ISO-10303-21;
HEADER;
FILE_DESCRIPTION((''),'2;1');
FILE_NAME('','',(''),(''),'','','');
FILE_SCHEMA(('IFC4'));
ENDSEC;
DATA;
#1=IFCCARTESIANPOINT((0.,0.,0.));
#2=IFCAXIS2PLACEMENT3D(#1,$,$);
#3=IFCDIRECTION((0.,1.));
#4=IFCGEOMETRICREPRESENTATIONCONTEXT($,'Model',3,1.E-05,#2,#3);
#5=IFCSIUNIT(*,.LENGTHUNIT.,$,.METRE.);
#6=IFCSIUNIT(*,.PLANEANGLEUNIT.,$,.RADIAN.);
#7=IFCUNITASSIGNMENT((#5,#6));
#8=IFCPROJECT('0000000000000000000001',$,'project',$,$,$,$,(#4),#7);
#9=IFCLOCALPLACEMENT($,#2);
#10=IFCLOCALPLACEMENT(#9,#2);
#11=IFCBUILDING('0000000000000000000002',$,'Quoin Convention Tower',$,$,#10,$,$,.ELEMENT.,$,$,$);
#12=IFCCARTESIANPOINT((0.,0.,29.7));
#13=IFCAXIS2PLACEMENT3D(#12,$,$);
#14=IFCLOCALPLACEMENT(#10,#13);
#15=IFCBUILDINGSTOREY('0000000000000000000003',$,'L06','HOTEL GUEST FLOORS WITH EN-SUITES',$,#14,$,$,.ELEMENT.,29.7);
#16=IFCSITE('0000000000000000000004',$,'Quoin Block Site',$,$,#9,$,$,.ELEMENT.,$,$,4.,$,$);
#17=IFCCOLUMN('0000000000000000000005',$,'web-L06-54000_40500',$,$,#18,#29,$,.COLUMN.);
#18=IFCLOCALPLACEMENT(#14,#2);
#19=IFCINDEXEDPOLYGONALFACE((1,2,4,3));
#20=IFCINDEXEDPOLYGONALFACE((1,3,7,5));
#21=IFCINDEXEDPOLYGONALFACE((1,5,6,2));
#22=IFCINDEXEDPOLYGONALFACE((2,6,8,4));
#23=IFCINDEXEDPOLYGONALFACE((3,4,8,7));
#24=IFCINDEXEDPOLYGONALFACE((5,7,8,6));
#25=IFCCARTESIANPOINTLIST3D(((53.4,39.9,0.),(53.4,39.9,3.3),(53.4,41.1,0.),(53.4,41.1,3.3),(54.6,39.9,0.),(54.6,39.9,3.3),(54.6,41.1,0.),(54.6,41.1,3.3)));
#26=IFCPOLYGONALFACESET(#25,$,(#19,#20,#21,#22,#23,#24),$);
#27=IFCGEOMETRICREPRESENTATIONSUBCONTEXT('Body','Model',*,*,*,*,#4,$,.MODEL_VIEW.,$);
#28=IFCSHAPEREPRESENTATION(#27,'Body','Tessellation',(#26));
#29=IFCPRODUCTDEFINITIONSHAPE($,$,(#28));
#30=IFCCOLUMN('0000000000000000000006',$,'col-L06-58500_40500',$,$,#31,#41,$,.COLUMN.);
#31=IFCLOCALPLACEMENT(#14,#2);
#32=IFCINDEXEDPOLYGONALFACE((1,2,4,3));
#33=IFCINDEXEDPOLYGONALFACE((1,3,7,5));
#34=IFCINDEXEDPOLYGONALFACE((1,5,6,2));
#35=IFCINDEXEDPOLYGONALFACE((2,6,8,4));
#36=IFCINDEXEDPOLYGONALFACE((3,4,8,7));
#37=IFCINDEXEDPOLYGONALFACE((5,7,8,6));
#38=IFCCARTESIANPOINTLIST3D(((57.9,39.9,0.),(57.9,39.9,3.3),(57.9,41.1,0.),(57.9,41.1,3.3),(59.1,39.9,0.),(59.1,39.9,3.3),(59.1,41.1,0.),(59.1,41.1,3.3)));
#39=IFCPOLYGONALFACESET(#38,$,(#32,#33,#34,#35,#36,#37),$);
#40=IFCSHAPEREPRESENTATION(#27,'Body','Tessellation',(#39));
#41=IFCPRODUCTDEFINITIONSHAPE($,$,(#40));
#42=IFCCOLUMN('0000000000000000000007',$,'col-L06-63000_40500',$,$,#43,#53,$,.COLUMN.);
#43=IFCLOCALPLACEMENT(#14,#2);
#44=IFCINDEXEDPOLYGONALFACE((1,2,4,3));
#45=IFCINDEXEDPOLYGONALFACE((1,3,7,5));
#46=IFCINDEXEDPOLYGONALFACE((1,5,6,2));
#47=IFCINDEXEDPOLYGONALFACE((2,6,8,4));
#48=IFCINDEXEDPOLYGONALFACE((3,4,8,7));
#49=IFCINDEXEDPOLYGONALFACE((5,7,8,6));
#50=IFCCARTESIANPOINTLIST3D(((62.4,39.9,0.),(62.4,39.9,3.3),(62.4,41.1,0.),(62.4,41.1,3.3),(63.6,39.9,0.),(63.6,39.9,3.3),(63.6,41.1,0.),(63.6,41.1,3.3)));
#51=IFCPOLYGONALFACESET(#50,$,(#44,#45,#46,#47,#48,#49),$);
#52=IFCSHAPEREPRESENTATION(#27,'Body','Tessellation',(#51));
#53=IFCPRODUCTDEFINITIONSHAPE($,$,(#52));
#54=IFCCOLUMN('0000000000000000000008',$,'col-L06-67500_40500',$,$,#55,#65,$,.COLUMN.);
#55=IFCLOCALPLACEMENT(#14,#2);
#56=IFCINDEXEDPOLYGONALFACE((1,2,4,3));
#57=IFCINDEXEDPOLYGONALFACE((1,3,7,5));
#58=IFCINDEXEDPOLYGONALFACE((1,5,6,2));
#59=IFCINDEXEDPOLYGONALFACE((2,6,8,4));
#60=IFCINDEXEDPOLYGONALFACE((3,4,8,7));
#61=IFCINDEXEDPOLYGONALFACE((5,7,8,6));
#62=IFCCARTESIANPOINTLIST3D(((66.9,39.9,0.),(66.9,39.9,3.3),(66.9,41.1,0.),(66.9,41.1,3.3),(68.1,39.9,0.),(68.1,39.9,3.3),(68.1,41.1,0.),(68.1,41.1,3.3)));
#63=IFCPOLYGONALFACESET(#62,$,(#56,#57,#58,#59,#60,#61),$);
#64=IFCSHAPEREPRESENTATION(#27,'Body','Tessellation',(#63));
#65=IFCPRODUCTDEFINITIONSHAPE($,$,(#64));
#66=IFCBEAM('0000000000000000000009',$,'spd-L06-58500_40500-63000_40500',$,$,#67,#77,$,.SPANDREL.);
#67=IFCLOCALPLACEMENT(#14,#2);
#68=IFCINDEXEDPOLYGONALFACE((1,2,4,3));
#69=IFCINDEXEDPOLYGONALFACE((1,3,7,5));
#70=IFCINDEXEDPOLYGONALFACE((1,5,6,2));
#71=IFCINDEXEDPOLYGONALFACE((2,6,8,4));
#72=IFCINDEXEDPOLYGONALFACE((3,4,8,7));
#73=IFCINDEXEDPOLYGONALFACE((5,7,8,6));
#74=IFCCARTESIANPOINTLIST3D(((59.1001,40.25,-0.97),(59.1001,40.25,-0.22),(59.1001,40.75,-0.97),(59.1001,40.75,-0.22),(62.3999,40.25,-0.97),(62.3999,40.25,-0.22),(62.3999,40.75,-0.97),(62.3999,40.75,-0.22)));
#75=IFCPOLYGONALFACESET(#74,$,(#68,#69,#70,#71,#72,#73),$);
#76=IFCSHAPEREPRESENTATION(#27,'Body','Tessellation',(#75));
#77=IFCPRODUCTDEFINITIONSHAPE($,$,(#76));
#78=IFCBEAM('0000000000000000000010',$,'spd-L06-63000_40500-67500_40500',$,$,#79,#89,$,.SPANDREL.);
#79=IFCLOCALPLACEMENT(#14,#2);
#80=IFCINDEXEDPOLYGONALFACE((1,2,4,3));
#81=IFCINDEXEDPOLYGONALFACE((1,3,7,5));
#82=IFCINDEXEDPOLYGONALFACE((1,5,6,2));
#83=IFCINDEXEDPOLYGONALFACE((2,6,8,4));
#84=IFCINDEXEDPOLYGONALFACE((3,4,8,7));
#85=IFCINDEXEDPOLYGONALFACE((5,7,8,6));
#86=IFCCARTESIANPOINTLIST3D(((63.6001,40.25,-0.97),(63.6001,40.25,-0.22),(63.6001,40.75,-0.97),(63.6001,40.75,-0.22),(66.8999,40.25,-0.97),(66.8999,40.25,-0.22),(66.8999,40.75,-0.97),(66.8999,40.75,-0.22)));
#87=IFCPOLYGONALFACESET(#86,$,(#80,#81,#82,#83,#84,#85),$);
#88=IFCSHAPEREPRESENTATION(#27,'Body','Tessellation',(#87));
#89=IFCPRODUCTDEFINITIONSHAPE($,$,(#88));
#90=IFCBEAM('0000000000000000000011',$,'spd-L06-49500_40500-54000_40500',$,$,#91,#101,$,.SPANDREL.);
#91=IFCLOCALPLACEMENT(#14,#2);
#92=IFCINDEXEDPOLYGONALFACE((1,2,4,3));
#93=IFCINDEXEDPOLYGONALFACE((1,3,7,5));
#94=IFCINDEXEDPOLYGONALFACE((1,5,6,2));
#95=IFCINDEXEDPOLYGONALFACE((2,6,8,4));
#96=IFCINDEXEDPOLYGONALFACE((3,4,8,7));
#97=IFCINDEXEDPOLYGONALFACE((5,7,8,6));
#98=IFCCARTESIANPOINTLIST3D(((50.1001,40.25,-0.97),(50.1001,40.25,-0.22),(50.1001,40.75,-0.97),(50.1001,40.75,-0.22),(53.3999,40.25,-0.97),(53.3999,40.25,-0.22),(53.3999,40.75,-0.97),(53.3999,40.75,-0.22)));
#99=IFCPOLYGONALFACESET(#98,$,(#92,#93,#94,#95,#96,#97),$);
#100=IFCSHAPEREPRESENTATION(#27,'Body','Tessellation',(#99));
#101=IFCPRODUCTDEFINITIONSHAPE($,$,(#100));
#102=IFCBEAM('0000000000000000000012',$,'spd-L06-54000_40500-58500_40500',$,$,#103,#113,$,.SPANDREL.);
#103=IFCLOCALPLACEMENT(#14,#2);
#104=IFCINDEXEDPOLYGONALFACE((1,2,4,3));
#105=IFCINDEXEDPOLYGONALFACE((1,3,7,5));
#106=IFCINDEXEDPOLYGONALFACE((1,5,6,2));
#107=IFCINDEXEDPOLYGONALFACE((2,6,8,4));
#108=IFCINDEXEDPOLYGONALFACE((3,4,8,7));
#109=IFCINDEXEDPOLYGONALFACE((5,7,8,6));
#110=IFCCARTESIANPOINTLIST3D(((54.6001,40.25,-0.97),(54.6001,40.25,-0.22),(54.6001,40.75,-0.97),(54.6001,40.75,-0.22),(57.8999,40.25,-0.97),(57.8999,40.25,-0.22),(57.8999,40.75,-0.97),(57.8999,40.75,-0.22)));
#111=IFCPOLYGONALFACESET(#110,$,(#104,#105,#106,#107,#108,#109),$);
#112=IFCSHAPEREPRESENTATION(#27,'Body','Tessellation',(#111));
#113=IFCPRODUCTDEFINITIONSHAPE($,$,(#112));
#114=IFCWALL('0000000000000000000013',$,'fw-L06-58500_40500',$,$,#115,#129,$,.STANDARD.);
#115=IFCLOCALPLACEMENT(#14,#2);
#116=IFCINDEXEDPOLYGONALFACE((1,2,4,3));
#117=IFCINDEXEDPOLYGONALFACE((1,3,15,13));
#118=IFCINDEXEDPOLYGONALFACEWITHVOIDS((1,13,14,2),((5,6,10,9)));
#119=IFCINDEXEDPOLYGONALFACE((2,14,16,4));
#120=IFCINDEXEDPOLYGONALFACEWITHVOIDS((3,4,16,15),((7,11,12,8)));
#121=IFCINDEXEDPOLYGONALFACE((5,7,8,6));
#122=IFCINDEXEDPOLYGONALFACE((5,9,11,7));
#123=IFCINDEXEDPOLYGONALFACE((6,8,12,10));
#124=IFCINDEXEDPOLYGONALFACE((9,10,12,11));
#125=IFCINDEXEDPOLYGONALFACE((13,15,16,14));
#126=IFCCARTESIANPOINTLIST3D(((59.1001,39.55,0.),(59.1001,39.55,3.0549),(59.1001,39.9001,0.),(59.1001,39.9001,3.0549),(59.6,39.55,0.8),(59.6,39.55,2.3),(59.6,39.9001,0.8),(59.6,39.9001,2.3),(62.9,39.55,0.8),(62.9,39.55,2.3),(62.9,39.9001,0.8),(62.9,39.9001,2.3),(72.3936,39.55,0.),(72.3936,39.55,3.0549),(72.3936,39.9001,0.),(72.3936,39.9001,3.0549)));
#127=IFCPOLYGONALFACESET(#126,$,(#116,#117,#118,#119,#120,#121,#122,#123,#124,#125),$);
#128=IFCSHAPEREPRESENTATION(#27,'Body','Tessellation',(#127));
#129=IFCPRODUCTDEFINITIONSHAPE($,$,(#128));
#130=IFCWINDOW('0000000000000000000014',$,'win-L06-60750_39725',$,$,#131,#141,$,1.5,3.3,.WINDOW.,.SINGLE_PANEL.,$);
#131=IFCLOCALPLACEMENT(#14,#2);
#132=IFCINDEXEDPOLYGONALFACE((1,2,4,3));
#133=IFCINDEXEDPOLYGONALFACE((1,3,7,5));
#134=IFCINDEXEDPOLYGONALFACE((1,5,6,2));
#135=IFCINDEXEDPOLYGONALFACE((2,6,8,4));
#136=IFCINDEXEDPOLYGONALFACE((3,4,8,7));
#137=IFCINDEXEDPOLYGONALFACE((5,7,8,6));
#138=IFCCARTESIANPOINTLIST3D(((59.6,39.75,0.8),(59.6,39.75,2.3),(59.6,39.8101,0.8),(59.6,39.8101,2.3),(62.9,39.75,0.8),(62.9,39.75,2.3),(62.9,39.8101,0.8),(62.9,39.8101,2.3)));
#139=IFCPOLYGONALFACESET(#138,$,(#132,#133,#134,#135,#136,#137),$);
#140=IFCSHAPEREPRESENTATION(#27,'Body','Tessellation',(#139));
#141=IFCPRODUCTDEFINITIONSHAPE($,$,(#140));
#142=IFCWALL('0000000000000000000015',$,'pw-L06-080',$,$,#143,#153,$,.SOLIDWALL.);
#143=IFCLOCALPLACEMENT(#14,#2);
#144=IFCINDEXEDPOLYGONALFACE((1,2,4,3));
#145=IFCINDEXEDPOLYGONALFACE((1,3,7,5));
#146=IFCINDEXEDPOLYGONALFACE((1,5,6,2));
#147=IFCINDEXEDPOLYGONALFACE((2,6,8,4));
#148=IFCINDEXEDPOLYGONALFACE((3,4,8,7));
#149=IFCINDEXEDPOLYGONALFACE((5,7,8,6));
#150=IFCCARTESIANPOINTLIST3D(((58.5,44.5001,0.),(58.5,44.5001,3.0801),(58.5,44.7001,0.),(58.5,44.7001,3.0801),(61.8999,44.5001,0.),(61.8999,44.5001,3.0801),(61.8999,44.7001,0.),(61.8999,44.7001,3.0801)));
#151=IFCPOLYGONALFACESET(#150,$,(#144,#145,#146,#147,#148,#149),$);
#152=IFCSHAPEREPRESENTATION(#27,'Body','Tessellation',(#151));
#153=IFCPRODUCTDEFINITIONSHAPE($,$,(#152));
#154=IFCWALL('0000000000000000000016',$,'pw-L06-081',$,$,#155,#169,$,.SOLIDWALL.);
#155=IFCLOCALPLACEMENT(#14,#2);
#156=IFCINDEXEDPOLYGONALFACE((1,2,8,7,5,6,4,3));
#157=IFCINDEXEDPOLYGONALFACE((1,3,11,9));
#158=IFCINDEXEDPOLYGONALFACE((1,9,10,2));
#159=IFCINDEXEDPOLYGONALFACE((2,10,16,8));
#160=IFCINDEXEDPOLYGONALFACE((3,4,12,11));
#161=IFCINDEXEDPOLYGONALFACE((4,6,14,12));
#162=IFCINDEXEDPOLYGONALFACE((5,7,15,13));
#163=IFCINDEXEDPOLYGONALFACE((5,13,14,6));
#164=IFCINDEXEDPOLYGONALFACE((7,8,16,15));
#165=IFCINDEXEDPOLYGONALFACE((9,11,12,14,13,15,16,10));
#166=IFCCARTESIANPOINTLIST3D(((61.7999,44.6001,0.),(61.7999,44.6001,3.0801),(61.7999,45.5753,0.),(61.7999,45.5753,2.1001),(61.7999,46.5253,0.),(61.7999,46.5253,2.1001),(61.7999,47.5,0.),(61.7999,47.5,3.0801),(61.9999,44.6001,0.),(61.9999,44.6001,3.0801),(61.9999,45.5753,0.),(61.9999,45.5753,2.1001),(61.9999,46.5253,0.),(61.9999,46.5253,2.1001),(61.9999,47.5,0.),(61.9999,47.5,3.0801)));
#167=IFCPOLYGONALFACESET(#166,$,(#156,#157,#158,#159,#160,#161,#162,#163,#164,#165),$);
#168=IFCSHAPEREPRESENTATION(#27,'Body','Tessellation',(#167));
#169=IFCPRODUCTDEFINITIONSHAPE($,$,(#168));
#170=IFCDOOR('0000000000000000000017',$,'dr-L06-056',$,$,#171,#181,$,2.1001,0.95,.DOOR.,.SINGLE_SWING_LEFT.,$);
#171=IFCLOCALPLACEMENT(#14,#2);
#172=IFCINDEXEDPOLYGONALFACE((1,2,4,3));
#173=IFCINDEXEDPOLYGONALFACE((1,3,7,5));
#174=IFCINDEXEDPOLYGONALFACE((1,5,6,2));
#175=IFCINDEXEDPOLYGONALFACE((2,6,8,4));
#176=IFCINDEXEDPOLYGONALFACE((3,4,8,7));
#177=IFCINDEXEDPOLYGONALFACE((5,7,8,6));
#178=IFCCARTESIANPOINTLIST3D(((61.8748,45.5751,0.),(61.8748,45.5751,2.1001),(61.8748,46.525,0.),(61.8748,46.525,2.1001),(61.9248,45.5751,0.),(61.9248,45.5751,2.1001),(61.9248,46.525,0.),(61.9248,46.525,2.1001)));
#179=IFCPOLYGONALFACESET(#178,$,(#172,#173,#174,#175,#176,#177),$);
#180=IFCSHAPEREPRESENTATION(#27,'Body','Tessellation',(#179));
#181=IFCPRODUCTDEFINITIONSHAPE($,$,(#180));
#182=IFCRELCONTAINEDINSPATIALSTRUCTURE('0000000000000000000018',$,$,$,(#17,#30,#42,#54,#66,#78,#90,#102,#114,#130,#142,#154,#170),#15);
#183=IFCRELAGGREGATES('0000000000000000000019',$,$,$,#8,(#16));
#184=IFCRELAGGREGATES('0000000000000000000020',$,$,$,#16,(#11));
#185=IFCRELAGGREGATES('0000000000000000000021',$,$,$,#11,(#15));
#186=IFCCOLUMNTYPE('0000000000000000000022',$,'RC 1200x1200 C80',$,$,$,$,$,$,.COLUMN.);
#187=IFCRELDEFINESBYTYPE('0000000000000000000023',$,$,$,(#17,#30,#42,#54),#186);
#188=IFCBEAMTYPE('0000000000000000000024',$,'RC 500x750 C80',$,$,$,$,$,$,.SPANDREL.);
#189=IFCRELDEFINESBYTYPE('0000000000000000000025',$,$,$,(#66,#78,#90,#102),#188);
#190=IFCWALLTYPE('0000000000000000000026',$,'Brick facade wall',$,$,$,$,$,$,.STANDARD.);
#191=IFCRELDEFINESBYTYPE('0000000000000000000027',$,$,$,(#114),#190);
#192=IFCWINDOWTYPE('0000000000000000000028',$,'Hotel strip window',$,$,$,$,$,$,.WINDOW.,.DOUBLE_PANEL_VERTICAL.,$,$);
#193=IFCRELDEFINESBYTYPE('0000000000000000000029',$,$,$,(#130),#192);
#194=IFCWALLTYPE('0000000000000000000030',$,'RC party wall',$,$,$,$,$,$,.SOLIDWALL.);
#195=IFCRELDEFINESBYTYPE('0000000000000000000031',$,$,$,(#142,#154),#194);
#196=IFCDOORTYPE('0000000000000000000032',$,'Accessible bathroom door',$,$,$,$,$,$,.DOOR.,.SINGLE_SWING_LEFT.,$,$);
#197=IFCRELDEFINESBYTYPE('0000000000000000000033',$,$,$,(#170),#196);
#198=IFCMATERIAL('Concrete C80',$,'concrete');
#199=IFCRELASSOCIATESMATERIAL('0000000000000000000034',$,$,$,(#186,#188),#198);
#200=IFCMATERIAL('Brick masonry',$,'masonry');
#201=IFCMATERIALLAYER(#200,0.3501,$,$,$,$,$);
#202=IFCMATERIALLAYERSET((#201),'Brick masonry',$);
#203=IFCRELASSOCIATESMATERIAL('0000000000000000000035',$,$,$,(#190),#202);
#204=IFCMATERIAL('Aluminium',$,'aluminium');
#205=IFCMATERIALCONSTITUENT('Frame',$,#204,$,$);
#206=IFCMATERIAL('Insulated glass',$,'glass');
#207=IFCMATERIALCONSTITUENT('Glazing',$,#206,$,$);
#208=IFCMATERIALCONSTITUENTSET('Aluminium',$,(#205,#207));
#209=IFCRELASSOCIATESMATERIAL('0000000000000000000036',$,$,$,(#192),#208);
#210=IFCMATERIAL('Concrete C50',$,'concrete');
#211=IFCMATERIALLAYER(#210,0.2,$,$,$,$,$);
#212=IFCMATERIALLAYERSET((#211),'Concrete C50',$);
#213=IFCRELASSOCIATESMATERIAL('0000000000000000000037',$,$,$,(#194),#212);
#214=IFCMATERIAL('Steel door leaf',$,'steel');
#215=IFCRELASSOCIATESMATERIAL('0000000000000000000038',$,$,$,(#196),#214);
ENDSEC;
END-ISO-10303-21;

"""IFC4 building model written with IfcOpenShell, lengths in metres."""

from ifc_helpers import new_model, si_unit, direction, frame, frame_2d, origin, origin_2d, place, context, subcontext, project, spatial, rectangle, extrude, material, layer, layer_set, constituent, constituent_set, material_profile, profile_set, type_object, element, fill, save


model = new_model("IFC4")

# Units and contexts
model_context = context("Model", 3, precision=1e-05, world=origin(), true_north=direction((0.0, 1.0)))
body_context = subcontext(model_context, "Body", "Model", "MODEL_VIEW")
ifc_project = project(units=[si_unit("LENGTHUNIT", "METRE"), si_unit("PLANEANGLEUNIT", "RADIAN")], contexts=[model_context])

# Site, building, storey
site_placement = place(None, origin())
site = spatial("IfcSite", under=ifc_project, at=site_placement, Name="Quoin Block Site", CompositionType="ELEMENT", RefElevation=4.0)
building_placement = place(site_placement, origin())
building = spatial("IfcBuilding", under=site, at=building_placement, Name="Quoin Convention Tower", CompositionType="ELEMENT")
storey_placement = place(building_placement, frame((0.0, 0.0, 29.7)))
storey = spatial("IfcBuildingStorey", under=building, at=storey_placement, Name="L06", Description="HOTEL GUEST FLOORS WITH EN-SUITES", CompositionType="ELEMENT", Elevation=29.7)

# Columns
ifc_material_1 = material(Name="Concrete C80", Category="concrete")
ifc_material_profile_1 = material_profile(ifc_material_1, rectangle(XDim=1.2, YDim=1.2, at=origin_2d()), Name="RC 1200x1200")
ifc_profile_set_1 = profile_set([ifc_material_profile_1], Name="Concrete C80")
column_type = type_object("IfcColumnType", Name="RC 1200x1200 C80", PredefinedType="COLUMN", material=ifc_profile_set_1)
for number, where, z_axis, x_axis, name in (
    (1, (54.0, 40.5, 0.0), (0.0, 0.0, 1.0), (1.0, 0.0, 0.0), "web-L06-54000_40500"),
    (2, (58.5, 40.5, 0.0), (0.0, 0.0, 1.0), (1.0, 0.0, 0.0), "col-L06-58500_40500"),
    (3, (63.0, 40.5, 0.0), (0.0, 0.0, 1.0), (1.0, 0.0, 0.0), "col-L06-63000_40500"),
    (4, (67.5, 40.5, 0.0), (0.0, 0.0, 1.0), (1.0, 0.0, 0.0), "col-L06-67500_40500"),
):
    element("IfcColumn", number, at=place(storey_placement, frame(where, z_axis=z_axis, x_axis=x_axis)), inside=storey, type_object=column_type, Name=name, PredefinedType="COLUMN", context=body_context, shape_type="SweptSolid", body=[
        extrude(rectangle(XDim=1.2, YDim=1.2, at=origin_2d()), origin(), (0.0, 0.0, 1.0), 3.3),
    ])

# Beams
ifc_material_profile_2 = material_profile(ifc_material_1, rectangle(XDim=0.5, YDim=0.75, at=origin_2d()), Name="RC 500x750")
ifc_profile_set_2 = profile_set([ifc_material_profile_2], Name="Concrete C80")
beam_type = type_object("IfcBeamType", Name="RC 500x750 C80", PredefinedType="SPANDREL", material=ifc_profile_set_2)
for number, where, z_axis, x_axis, name in (
    (5, (59.1001, 40.5, -0.595), (1.0, 0.0, 0.0), (0.0, 1.0, 0.0), "spd-L06-58500_40500-63000_40500"),
    (6, (63.6001, 40.5, -0.595), (1.0, 0.0, 0.0), (0.0, 1.0, 0.0), "spd-L06-63000_40500-67500_40500"),
    (7, (50.1001, 40.5, -0.595), (1.0, 0.0, 0.0), (0.0, 1.0, 0.0), "spd-L06-49500_40500-54000_40500"),
    (8, (54.6001, 40.5, -0.595), (1.0, 0.0, 0.0), (0.0, 1.0, 0.0), "spd-L06-54000_40500-58500_40500"),
):
    element("IfcBeam", number, at=place(storey_placement, frame(where, z_axis=z_axis, x_axis=x_axis)), inside=storey, type_object=beam_type, Name=name, PredefinedType="SPANDREL", context=body_context, shape_type="SweptSolid", body=[
        extrude(rectangle(XDim=0.5, YDim=0.75, at=origin_2d()), origin(), (0.0, 0.0, 1.0), 3.2998),
    ])

# Wall, opening, window
ifc_material_2 = material(Name="Brick masonry", Category="masonry")
ifc_layer_1 = layer(ifc_material_2, 0.3501)
ifc_layer_set_1 = layer_set([ifc_layer_1], Name="Brick masonry")
wall_type_1 = type_object("IfcWallType", Name="Brick facade wall", PredefinedType="STANDARD", material=ifc_layer_set_1)
wall_1_placement = place(storey_placement, frame((59.1001, 39.7251, 0.0), z_axis=(0.0, 0.0, 1.0), x_axis=(1.0, 0.0, 0.0)))
wall_1 = element("IfcWall", 9, at=wall_1_placement, inside=storey, type_object=wall_type_1, Name="fw-L06-58500_40500", PredefinedType="STANDARD", context=body_context, shape_type="SweptSolid", body=[
    extrude(rectangle(XDim=13.2935, YDim=0.3501, at=frame_2d((6.6467, 0.0))), origin(), (0.0, 0.0, 1.0), 3.0549),
])
opening_1_placement = place(wall_1_placement, frame((0.5, 0.0, 0.8)))
opening_1 = element("IfcOpeningElement", 10, at=opening_1_placement, cuts=wall_1, PredefinedType="OPENING", context=body_context, shape_type="SweptSolid", body=[
    extrude(rectangle(XDim=3.3, YDim=1.5, at=frame_2d((1.6499, 0.75))), frame((0.0, 0.1851, 0.0), z_axis=(0.0, -1.0, 0.0), x_axis=(1.0, 0.0, 0.0)), (0.0, 0.0, 1.0), 0.3701),
])
ifc_material_3 = material(Name="Aluminium", Category="aluminium")
ifc_constituent_1 = constituent(ifc_material_3, Name="Frame")
ifc_material_4 = material(Name="Insulated glass", Category="glass")
ifc_constituent_2 = constituent(ifc_material_4, Name="Glazing")
ifc_constituent_set = constituent_set(constituents=[ifc_constituent_1, ifc_constituent_2], Name="Aluminium")
window_type = type_object("IfcWindowType", Name="Hotel strip window", PartitioningType="DOUBLE_PANEL_VERTICAL", PredefinedType="WINDOW", material=ifc_constituent_set)
window_placement = place(opening_1_placement, origin())
window = element("IfcWindow", 11, at=window_placement, inside=storey, type_object=window_type, Name="win-L06-60750_39725", OverallHeight=1.5, OverallWidth=3.3, PartitioningType="SINGLE_PANEL", PredefinedType="WINDOW", context=body_context, shape_type="SweptSolid", body=[
    extrude(rectangle(XDim=3.3, YDim=1.5, at=frame_2d((1.6499, 0.75))), frame((0.0, 0.085, 0.0), z_axis=(0.0, -1.0, 0.0), x_axis=(1.0, 0.0, 0.0)), (0.0, 0.0, 1.0), 0.0601),
])
fill(opening_1, window)

# Wall
ifc_material_5 = material(Name="Concrete C50", Category="concrete")
ifc_layer_2 = layer(ifc_material_5, 0.2)
ifc_layer_set_2 = layer_set([ifc_layer_2], Name="Concrete C50")
wall_type_2 = type_object("IfcWallType", Name="RC party wall", PredefinedType="SOLIDWALL", material=ifc_layer_set_2)
wall_2_placement = place(storey_placement, frame((58.5, 44.6001, 0.0), z_axis=(0.0, 0.0, 1.0), x_axis=(1.0, 0.0, 0.0)))
element("IfcWall", 12, at=wall_2_placement, inside=storey, type_object=wall_type_2, Name="pw-L06-080", PredefinedType="SOLIDWALL", context=body_context, shape_type="SweptSolid", body=[
    extrude(rectangle(XDim=3.3999, YDim=0.2, at=frame_2d((1.7, 0.0))), origin(), (0.0, 0.0, 1.0), 3.0801),
])

# Wall, opening, door
wall_3_placement = place(storey_placement, frame((61.8999, 44.6001, 0.0), z_axis=(0.0, 0.0, 1.0), x_axis=(0.0, 1.0, 0.0)))
wall_3 = element("IfcWall", 13, at=wall_3_placement, inside=storey, type_object=wall_type_2, Name="pw-L06-081", PredefinedType="SOLIDWALL", context=body_context, shape_type="SweptSolid", body=[
    extrude(rectangle(XDim=2.8999, YDim=0.2, at=frame_2d((1.45, 0.0))), origin(), (0.0, 0.0, 1.0), 3.0801),
])
opening_2_placement = place(wall_3_placement, frame((0.9751, 0.0, 0.0)))
opening_2 = element("IfcOpeningElement", 14, at=opening_2_placement, cuts=wall_3, PredefinedType="OPENING", context=body_context, shape_type="SweptSolid", body=[
    extrude(rectangle(XDim=0.95, YDim=2.1001, at=frame_2d((0.4751, 1.05))), frame((0.0, 0.1099, 0.0), z_axis=(0.0, -1.0, 0.0), x_axis=(1.0, 0.0, 0.0)), (0.0, 0.0, 1.0), 0.22),
])
ifc_material_6 = material(Name="Steel door leaf", Category="steel")
door_type = type_object("IfcDoorType", Name="Accessible bathroom door", OperationType="SINGLE_SWING_LEFT", PredefinedType="DOOR", material=ifc_material_6)
door_placement = place(opening_2_placement, frame((0.95, 0.0, 0.0), z_axis=(0.0, 0.0, 1.0), x_axis=(-1.0, 0.0, 0.0)))
door = element("IfcDoor", 15, at=door_placement, inside=storey, type_object=door_type, Name="dr-L06-056", OperationType="SINGLE_SWING_LEFT", OverallHeight=2.1001, OverallWidth=0.95, PredefinedType="DOOR", context=body_context, shape_type="SweptSolid", body=[
    extrude(rectangle(XDim=0.95, YDim=2.1001, at=frame_2d((0.4751, 1.05))), frame((0.0, 0.0249, 0.0), z_axis=(0.0, -1.0, 0.0), x_axis=(1.0, 0.0, 0.0)), (0.0, 0.0, 1.0), 0.05),
])
fill(opening_2, door)

save(model, "model.ifc")
